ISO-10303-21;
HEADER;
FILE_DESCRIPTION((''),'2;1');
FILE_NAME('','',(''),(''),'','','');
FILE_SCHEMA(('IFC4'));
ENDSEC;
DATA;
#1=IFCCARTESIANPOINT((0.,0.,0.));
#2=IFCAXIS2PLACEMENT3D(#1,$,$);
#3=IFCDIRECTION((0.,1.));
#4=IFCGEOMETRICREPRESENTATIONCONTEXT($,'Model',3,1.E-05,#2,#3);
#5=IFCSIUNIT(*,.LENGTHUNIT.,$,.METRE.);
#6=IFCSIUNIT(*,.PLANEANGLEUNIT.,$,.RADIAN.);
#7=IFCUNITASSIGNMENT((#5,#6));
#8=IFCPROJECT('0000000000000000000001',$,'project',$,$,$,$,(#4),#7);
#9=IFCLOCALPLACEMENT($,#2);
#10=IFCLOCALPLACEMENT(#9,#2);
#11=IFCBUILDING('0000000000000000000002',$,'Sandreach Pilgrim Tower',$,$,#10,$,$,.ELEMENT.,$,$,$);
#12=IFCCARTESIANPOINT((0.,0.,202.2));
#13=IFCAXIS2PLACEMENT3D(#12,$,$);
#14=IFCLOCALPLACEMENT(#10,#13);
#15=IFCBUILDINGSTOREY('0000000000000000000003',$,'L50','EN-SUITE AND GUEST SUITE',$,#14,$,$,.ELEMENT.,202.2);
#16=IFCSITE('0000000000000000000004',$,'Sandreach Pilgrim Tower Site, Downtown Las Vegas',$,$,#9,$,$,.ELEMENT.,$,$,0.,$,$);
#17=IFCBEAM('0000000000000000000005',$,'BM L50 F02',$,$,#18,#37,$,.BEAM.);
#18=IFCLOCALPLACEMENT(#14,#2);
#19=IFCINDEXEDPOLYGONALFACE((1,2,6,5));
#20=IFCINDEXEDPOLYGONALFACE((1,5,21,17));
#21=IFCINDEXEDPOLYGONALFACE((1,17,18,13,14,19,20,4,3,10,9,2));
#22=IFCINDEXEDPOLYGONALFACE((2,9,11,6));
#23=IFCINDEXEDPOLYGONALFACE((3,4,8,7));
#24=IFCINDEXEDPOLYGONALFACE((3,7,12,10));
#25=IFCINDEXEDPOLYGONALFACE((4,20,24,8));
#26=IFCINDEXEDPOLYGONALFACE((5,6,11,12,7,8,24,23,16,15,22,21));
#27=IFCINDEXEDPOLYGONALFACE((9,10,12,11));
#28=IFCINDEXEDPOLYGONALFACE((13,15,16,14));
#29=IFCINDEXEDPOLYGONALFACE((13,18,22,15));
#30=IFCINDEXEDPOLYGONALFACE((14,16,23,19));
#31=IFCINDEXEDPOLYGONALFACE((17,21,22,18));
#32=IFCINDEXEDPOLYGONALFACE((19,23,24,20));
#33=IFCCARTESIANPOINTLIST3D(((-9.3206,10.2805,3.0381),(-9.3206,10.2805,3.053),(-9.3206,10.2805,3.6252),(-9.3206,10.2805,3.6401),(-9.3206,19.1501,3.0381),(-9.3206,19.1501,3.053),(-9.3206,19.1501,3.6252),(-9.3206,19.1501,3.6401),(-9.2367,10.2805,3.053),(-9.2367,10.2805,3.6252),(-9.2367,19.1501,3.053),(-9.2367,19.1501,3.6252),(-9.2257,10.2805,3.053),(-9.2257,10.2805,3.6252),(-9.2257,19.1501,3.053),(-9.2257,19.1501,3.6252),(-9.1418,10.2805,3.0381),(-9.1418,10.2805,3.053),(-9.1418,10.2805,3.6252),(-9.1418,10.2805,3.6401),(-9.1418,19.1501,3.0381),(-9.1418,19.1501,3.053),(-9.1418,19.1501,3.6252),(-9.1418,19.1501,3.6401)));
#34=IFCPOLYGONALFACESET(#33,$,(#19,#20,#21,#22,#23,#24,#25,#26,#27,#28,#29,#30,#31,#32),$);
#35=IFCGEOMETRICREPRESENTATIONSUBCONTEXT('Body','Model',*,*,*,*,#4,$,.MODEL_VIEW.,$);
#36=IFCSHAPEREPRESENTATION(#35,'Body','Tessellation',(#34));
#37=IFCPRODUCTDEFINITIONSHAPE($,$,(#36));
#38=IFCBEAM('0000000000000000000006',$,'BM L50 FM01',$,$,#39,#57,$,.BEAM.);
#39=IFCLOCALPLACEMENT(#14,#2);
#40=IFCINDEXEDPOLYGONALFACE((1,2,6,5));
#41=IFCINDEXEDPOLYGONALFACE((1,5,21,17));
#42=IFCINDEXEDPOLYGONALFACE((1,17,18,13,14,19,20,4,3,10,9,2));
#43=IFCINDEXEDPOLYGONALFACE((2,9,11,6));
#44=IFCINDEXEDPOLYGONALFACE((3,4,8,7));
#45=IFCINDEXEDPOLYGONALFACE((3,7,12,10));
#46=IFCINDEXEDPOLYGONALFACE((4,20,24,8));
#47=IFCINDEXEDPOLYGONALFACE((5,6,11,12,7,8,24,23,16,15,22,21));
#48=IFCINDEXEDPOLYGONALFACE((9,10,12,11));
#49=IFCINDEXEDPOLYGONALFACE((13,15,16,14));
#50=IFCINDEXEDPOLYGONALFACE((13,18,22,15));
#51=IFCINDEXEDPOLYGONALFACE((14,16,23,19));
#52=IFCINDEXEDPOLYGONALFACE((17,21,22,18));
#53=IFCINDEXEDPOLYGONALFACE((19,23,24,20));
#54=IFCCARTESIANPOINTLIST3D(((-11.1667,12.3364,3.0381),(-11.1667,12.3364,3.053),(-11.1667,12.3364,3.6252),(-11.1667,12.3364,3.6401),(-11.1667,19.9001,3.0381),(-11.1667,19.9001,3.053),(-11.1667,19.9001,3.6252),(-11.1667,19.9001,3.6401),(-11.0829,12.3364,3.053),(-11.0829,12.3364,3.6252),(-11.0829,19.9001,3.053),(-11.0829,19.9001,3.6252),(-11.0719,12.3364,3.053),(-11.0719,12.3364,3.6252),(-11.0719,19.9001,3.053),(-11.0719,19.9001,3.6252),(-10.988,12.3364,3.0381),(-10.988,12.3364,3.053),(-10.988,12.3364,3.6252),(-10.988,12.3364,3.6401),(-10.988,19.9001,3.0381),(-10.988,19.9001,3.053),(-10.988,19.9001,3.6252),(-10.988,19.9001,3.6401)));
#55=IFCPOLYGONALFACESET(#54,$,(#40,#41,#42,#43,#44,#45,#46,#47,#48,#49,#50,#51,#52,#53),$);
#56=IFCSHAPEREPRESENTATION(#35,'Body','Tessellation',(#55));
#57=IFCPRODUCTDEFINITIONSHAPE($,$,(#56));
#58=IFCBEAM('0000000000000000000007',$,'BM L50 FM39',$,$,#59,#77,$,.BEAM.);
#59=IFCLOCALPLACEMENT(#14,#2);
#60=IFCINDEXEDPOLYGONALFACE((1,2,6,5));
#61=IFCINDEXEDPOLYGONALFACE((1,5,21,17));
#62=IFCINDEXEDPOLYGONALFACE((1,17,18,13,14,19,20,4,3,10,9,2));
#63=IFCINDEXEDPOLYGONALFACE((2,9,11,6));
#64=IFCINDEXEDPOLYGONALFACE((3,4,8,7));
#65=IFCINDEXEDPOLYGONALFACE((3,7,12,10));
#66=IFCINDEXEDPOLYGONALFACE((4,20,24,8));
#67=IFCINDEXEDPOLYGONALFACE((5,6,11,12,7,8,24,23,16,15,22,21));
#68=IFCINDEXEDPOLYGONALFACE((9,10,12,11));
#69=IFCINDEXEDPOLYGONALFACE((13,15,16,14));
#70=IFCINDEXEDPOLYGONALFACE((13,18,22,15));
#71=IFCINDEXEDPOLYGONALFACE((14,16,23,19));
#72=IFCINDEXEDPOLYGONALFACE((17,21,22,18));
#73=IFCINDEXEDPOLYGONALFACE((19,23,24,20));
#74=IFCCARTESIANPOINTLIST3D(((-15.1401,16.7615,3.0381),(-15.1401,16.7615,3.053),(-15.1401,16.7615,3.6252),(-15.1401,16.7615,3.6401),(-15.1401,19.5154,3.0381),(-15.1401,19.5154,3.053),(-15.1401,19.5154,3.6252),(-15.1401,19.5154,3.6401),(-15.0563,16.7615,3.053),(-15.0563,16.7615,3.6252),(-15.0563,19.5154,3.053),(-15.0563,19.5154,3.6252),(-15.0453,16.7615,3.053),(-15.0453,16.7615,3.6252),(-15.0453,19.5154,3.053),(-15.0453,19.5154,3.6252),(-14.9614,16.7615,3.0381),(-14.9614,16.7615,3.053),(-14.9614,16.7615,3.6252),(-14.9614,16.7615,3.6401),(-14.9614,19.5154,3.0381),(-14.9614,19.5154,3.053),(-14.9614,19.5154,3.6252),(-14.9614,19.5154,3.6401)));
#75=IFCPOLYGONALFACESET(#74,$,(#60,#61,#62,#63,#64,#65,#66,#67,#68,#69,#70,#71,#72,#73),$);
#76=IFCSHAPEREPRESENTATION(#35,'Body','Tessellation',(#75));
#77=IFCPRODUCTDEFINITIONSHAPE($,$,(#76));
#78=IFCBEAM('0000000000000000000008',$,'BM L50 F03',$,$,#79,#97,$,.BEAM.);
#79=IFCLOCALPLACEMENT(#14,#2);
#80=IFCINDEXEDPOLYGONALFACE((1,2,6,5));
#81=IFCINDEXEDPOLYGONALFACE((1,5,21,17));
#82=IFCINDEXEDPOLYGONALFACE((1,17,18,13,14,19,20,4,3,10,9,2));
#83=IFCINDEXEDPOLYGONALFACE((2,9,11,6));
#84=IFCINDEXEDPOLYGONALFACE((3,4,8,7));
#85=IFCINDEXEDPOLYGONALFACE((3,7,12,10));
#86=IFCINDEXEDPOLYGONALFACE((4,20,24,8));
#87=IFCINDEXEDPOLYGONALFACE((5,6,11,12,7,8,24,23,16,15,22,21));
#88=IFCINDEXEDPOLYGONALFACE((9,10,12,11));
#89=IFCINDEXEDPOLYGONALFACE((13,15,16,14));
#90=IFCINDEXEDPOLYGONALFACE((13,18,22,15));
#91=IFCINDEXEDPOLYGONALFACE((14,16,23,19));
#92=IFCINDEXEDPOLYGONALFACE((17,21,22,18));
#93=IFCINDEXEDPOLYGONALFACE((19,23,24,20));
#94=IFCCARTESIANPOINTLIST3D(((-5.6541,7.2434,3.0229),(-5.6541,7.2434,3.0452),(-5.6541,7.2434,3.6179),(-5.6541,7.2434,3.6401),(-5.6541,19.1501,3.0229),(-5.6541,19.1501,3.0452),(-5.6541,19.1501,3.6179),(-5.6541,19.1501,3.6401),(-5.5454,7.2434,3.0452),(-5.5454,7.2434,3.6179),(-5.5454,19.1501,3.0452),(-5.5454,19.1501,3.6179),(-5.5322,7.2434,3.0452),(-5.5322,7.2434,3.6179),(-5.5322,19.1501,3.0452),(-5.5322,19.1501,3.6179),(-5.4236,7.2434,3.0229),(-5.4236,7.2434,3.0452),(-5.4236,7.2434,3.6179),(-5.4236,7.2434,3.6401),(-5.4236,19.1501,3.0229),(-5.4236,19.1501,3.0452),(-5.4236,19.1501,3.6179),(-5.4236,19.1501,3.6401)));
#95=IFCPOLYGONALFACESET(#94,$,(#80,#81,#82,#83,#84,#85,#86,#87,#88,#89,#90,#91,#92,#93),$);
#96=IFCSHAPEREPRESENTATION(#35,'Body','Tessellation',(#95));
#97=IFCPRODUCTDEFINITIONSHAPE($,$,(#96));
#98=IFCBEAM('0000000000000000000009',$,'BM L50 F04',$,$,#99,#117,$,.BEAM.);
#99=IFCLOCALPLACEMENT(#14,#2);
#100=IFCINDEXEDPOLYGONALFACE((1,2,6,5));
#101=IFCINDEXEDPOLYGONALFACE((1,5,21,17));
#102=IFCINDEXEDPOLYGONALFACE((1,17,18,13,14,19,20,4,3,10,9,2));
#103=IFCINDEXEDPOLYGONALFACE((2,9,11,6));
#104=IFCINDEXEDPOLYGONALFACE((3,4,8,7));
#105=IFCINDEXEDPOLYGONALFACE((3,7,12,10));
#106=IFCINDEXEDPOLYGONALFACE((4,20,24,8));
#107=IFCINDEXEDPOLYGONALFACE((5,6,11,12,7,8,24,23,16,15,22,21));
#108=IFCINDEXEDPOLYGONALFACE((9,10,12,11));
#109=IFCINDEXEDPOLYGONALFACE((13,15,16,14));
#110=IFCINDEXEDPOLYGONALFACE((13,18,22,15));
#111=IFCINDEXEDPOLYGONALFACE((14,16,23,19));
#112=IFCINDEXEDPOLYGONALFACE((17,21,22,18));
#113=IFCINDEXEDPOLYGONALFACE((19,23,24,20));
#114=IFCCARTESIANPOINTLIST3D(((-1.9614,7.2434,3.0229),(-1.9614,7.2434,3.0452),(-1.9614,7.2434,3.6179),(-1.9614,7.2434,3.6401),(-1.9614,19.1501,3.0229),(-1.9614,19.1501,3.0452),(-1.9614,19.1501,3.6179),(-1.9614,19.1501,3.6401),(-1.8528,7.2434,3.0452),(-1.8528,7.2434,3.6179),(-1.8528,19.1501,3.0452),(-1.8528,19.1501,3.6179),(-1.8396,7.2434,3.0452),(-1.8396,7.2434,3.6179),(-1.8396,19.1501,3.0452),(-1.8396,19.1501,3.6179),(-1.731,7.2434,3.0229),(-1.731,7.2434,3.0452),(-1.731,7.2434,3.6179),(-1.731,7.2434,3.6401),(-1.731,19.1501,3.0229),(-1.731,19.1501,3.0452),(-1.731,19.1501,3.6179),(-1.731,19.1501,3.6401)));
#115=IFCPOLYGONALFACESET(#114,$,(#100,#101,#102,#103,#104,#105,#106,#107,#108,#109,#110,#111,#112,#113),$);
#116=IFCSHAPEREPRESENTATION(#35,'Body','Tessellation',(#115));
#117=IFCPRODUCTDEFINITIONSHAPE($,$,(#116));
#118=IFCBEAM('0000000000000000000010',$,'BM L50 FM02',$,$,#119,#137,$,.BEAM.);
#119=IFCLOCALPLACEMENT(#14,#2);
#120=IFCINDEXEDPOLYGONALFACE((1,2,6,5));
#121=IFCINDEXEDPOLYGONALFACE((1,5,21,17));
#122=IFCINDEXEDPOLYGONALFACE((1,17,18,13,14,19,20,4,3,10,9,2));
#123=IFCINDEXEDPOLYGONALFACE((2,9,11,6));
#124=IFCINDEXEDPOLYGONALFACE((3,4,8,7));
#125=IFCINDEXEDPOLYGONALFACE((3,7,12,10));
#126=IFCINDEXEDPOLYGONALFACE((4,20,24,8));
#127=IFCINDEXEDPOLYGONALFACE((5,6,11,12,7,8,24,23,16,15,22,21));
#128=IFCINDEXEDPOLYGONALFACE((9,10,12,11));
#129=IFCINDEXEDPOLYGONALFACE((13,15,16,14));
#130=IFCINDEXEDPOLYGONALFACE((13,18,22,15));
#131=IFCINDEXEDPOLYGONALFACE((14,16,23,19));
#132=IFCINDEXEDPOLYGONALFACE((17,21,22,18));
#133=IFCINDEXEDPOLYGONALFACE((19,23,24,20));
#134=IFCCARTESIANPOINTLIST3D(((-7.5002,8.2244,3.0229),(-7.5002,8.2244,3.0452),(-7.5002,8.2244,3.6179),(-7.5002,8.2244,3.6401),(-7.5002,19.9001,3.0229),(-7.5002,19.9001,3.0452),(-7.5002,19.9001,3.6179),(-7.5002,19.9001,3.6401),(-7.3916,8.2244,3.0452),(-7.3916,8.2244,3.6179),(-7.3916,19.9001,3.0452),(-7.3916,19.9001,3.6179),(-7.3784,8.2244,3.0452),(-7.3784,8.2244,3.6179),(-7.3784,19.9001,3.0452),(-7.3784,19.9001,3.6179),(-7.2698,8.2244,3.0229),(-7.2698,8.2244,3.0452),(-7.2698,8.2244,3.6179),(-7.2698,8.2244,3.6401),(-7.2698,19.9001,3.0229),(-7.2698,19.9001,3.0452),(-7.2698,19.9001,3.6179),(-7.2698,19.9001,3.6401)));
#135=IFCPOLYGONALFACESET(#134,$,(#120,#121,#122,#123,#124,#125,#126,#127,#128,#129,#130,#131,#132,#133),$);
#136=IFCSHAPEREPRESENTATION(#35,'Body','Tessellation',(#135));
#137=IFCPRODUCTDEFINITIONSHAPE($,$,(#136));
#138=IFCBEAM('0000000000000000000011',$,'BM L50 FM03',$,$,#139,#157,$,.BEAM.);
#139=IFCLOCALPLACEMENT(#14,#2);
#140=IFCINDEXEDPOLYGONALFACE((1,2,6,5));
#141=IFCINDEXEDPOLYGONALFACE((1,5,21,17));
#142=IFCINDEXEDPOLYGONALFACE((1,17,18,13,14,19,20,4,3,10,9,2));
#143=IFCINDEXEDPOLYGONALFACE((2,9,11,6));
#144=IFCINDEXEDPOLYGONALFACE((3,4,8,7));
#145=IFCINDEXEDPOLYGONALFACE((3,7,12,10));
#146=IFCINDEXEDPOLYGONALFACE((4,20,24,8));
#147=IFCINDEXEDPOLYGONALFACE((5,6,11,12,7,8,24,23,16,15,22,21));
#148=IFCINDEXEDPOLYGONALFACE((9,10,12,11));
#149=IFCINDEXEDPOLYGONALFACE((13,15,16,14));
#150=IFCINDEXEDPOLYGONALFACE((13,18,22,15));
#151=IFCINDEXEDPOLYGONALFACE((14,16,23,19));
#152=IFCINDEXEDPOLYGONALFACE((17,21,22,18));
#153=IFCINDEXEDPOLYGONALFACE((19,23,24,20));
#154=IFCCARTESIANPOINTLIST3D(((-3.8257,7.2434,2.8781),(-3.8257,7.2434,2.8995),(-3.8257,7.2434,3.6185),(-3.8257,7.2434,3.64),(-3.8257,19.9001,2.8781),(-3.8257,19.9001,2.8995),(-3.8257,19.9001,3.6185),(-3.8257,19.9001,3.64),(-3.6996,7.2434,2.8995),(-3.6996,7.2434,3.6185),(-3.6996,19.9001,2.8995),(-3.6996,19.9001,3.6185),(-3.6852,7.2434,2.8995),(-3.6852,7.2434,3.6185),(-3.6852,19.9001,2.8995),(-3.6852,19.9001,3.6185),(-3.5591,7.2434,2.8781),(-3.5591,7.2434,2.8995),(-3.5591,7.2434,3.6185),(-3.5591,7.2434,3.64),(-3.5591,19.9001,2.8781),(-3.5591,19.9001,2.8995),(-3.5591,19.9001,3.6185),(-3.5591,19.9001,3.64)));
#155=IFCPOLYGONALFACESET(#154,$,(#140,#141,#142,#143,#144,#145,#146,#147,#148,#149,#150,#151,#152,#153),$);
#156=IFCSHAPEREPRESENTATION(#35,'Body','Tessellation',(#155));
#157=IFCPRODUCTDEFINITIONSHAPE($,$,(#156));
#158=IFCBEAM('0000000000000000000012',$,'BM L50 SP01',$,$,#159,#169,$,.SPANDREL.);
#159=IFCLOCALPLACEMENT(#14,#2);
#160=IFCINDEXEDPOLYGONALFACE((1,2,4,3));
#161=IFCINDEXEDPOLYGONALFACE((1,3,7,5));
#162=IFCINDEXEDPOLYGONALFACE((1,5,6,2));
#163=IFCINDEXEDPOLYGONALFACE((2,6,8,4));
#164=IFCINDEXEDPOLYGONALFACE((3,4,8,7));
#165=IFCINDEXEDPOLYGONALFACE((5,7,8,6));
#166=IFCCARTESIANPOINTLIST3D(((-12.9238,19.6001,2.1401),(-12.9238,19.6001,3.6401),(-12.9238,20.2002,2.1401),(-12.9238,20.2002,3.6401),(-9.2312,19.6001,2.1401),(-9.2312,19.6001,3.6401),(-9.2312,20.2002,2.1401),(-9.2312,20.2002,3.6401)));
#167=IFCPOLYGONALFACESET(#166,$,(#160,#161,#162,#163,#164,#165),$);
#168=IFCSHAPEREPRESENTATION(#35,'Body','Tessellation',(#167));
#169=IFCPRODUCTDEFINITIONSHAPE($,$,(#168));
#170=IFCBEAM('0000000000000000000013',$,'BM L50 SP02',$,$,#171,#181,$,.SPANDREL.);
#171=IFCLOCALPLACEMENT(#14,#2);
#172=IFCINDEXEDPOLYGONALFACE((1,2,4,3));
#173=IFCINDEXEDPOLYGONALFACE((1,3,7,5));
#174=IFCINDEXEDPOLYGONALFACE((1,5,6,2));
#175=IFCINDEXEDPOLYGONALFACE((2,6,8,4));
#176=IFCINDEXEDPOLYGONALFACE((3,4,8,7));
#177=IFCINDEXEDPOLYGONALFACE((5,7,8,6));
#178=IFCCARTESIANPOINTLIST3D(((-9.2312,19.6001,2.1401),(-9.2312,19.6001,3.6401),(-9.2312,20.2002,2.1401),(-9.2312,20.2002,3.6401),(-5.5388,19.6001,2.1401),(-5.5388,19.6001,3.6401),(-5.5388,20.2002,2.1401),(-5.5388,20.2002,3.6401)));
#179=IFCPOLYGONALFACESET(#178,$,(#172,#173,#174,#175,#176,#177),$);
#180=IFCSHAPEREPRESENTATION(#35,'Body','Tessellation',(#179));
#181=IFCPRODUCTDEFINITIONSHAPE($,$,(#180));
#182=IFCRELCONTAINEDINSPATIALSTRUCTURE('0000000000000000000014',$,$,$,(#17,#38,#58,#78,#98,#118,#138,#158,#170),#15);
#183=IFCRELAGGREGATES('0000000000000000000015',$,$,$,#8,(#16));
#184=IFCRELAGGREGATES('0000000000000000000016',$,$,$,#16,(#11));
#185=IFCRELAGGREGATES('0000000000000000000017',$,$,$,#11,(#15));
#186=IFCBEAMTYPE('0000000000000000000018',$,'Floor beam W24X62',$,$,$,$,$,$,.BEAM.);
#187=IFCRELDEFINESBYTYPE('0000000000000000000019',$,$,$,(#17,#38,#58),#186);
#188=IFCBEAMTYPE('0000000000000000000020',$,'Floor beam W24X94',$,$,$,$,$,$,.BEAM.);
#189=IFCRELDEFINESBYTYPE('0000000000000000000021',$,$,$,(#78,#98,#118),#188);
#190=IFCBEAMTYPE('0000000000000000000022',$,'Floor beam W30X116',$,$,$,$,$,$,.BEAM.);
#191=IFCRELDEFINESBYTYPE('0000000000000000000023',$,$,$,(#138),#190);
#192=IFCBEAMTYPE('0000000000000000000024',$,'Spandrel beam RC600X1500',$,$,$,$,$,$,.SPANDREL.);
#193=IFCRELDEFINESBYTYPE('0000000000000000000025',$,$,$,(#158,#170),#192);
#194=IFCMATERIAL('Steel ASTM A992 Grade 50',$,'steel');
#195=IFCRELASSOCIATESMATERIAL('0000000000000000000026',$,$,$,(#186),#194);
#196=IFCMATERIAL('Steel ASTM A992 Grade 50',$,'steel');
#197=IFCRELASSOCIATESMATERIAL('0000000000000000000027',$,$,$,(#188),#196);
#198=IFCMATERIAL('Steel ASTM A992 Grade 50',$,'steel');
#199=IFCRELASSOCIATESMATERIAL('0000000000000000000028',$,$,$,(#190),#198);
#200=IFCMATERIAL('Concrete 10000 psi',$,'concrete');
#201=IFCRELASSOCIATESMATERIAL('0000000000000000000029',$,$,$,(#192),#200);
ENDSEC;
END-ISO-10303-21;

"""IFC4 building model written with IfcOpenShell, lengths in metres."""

from ifc_helpers import new_model, si_unit, direction, frame, origin, origin_2d, place, context, subcontext, project, spatial, rectangle, i_section, extrude, material, material_profile, profile_set, type_object, element, save


model = new_model("IFC4")

# Units and contexts
model_context = context("Model", 3, precision=1e-05, world=origin(), true_north=direction((0.0, 1.0)))
body_context = subcontext(model_context, "Body", "Model", "MODEL_VIEW")
ifc_project = project(units=[si_unit("LENGTHUNIT", "METRE"), si_unit("PLANEANGLEUNIT", "RADIAN")], contexts=[model_context])

# Site, building, storey
site_placement = place(None, origin())
site = spatial("IfcSite", under=ifc_project, at=site_placement, Name="Sandreach Pilgrim Tower Site, Downtown Las Vegas", CompositionType="ELEMENT", RefElevation=0.0)
building_placement = place(site_placement, origin())
building = spatial("IfcBuilding", under=site, at=building_placement, Name="Sandreach Pilgrim Tower", CompositionType="ELEMENT")
storey_placement = place(building_placement, frame((0.0, 0.0, 202.2)))
storey = spatial("IfcBuildingStorey", under=building, at=storey_placement, Name="L50", Description="EN-SUITE AND GUEST SUITE", CompositionType="ELEMENT", Elevation=202.2)

# Beams
ifc_material_1 = material(Name="Steel ASTM A992 Grade 50", Category="steel")
ifc_material_profile_1 = material_profile(ifc_material_1, i_section(OverallWidth=0.1787, OverallDepth=0.6021, WebThickness=0.011, FlangeThickness=0.0149, at=origin_2d()), Name="W24X62")
ifc_profile_set_1 = profile_set([ifc_material_profile_1], Name="Steel ASTM A992 Grade 50")
beam_type_1 = type_object("IfcBeamType", Name="Floor beam W24X62", PredefinedType="BEAM", material=ifc_profile_set_1)
beam_1_placement = place(storey_placement, frame((-9.2312, 19.1501, 3.3391), z_axis=(0.0, -1.0, 0.0), x_axis=(1.0, 0.0, 0.0)))
element("IfcBeam", 1, at=beam_1_placement, inside=storey, type_object=beam_type_1, Name="BM L50 F02", PredefinedType="BEAM", context=body_context, shape_type="SweptSolid", body=[
    extrude(i_section(OverallWidth=0.1787, OverallDepth=0.6021, WebThickness=0.011, FlangeThickness=0.0149, at=origin_2d()), origin(), (0.0, 0.0, 1.0), 8.8696),
])
beam_2_placement = place(storey_placement, frame((-11.0774, 19.9001, 3.3391), z_axis=(0.0, -1.0, 0.0), x_axis=(1.0, 0.0, 0.0)))
element("IfcBeam", 2, at=beam_2_placement, inside=storey, type_object=beam_type_1, Name="BM L50 FM01", PredefinedType="BEAM", context=body_context, shape_type="SweptSolid", body=[
    extrude(i_section(OverallWidth=0.1787, OverallDepth=0.6021, WebThickness=0.011, FlangeThickness=0.0149, at=origin_2d()), origin(), (0.0, 0.0, 1.0), 7.5637),
])
beam_3_placement = place(storey_placement, frame((-15.0508, 19.5154, 3.3391), z_axis=(0.0, -1.0, 0.0), x_axis=(1.0, 0.0, 0.0)))
element("IfcBeam", 3, at=beam_3_placement, inside=storey, type_object=beam_type_1, Name="BM L50 FM39", PredefinedType="BEAM", context=body_context, shape_type="SweptSolid", body=[
    extrude(i_section(OverallWidth=0.1787, OverallDepth=0.6021, WebThickness=0.011, FlangeThickness=0.0149, at=origin_2d()), origin(), (0.0, 0.0, 1.0), 2.7539),
])
ifc_material_2 = material(Name="Steel ASTM A992 Grade 50", Category="steel")
ifc_material_profile_2 = material_profile(ifc_material_2, i_section(OverallWidth=0.2305, OverallDepth=0.6172, WebThickness=0.0132, FlangeThickness=0.0222, at=origin_2d()), Name="W24X94")
ifc_profile_set_2 = profile_set([ifc_material_profile_2], Name="Steel ASTM A992 Grade 50")
beam_type_2 = type_object("IfcBeamType", Name="Floor beam W24X94", PredefinedType="BEAM", material=ifc_profile_set_2)
for number, where, z_axis, x_axis, name in (
    (4, (-5.5388, 19.1501, 3.3315), (0.0, -1.0, 0.0), (1.0, 0.0, 0.0), "BM L50 F03"),
    (5, (-1.8462, 19.1501, 3.3315), (0.0, -1.0, 0.0), (1.0, 0.0, 0.0), "BM L50 F04"),
):
    element("IfcBeam", number, at=place(storey_placement, frame(where, z_axis=z_axis, x_axis=x_axis)), inside=storey, type_object=beam_type_2, Name=name, PredefinedType="BEAM", context=body_context, shape_type="SweptSolid", body=[
        extrude(i_section(OverallWidth=0.2305, OverallDepth=0.6172, WebThickness=0.0132, FlangeThickness=0.0222, at=origin_2d()), origin(), (0.0, 0.0, 1.0), 11.9067),
    ])
beam_4_placement = place(storey_placement, frame((-7.385, 19.9001, 3.3315), z_axis=(0.0, -1.0, 0.0), x_axis=(1.0, 0.0, 0.0)))
element("IfcBeam", 6, at=beam_4_placement, inside=storey, type_object=beam_type_2, Name="BM L50 FM02", PredefinedType="BEAM", context=body_context, shape_type="SweptSolid", body=[
    extrude(i_section(OverallWidth=0.2305, OverallDepth=0.6172, WebThickness=0.0132, FlangeThickness=0.0222, at=origin_2d()), origin(), (0.0, 0.0, 1.0), 11.6758),
])
ifc_material_3 = material(Name="Steel ASTM A992 Grade 50", Category="steel")
ifc_material_profile_3 = material_profile(ifc_material_3, i_section(OverallWidth=0.2666, OverallDepth=0.762, WebThickness=0.0144, FlangeThickness=0.0215, at=origin_2d()), Name="W30X116")
ifc_profile_set_3 = profile_set([ifc_material_profile_3], Name="Steel ASTM A992 Grade 50")
beam_type_3 = type_object("IfcBeamType", Name="Floor beam W30X116", PredefinedType="BEAM", material=ifc_profile_set_3)
beam_5_placement = place(storey_placement, frame((-3.6924, 19.9001, 3.259), z_axis=(0.0, -1.0, 0.0), x_axis=(1.0, 0.0, 0.0)))
element("IfcBeam", 7, at=beam_5_placement, inside=storey, type_object=beam_type_3, Name="BM L50 FM03", PredefinedType="BEAM", context=body_context, shape_type="SweptSolid", body=[
    extrude(i_section(OverallWidth=0.2666, OverallDepth=0.762, WebThickness=0.0144, FlangeThickness=0.0215, at=origin_2d()), origin(), (0.0, 0.0, 1.0), 12.6567),
])
ifc_material_4 = material(Name="Concrete 10000 psi", Category="concrete")
ifc_material_profile_4 = material_profile(ifc_material_4, rectangle(XDim=0.6001, YDim=1.5, at=origin_2d()), Name="RC600X1500")
ifc_profile_set_4 = profile_set([ifc_material_profile_4], Name="Concrete 10000 psi")
beam_type_4 = type_object("IfcBeamType", Name="Spandrel beam RC600X1500", PredefinedType="SPANDREL", material=ifc_profile_set_4)
beam_6_placement = place(storey_placement, frame((-12.9238, 19.9001, 2.8901), z_axis=(1.0, 0.0, 0.0), x_axis=(0.0, 1.0, 0.0)))
element("IfcBeam", 8, at=beam_6_placement, inside=storey, type_object=beam_type_4, Name="BM L50 SP01", PredefinedType="SPANDREL", context=body_context, shape_type="SweptSolid", body=[
    extrude(rectangle(XDim=0.6001, YDim=1.5, at=origin_2d()), origin(), (0.0, 0.0, 1.0), 3.6926),
])
beam_7_placement = place(storey_placement, frame((-9.2312, 19.9001, 2.8901), z_axis=(1.0, 0.0, 0.0), x_axis=(0.0, 1.0, 0.0)))
element("IfcBeam", 9, at=beam_7_placement, inside=storey, type_object=beam_type_4, Name="BM L50 SP02", PredefinedType="SPANDREL", context=body_context, shape_type="SweptSolid", body=[
    extrude(rectangle(XDim=0.6001, YDim=1.5, at=origin_2d()), origin(), (0.0, 0.0, 1.0), 3.6924),
])

save(model, "model.ifc")
